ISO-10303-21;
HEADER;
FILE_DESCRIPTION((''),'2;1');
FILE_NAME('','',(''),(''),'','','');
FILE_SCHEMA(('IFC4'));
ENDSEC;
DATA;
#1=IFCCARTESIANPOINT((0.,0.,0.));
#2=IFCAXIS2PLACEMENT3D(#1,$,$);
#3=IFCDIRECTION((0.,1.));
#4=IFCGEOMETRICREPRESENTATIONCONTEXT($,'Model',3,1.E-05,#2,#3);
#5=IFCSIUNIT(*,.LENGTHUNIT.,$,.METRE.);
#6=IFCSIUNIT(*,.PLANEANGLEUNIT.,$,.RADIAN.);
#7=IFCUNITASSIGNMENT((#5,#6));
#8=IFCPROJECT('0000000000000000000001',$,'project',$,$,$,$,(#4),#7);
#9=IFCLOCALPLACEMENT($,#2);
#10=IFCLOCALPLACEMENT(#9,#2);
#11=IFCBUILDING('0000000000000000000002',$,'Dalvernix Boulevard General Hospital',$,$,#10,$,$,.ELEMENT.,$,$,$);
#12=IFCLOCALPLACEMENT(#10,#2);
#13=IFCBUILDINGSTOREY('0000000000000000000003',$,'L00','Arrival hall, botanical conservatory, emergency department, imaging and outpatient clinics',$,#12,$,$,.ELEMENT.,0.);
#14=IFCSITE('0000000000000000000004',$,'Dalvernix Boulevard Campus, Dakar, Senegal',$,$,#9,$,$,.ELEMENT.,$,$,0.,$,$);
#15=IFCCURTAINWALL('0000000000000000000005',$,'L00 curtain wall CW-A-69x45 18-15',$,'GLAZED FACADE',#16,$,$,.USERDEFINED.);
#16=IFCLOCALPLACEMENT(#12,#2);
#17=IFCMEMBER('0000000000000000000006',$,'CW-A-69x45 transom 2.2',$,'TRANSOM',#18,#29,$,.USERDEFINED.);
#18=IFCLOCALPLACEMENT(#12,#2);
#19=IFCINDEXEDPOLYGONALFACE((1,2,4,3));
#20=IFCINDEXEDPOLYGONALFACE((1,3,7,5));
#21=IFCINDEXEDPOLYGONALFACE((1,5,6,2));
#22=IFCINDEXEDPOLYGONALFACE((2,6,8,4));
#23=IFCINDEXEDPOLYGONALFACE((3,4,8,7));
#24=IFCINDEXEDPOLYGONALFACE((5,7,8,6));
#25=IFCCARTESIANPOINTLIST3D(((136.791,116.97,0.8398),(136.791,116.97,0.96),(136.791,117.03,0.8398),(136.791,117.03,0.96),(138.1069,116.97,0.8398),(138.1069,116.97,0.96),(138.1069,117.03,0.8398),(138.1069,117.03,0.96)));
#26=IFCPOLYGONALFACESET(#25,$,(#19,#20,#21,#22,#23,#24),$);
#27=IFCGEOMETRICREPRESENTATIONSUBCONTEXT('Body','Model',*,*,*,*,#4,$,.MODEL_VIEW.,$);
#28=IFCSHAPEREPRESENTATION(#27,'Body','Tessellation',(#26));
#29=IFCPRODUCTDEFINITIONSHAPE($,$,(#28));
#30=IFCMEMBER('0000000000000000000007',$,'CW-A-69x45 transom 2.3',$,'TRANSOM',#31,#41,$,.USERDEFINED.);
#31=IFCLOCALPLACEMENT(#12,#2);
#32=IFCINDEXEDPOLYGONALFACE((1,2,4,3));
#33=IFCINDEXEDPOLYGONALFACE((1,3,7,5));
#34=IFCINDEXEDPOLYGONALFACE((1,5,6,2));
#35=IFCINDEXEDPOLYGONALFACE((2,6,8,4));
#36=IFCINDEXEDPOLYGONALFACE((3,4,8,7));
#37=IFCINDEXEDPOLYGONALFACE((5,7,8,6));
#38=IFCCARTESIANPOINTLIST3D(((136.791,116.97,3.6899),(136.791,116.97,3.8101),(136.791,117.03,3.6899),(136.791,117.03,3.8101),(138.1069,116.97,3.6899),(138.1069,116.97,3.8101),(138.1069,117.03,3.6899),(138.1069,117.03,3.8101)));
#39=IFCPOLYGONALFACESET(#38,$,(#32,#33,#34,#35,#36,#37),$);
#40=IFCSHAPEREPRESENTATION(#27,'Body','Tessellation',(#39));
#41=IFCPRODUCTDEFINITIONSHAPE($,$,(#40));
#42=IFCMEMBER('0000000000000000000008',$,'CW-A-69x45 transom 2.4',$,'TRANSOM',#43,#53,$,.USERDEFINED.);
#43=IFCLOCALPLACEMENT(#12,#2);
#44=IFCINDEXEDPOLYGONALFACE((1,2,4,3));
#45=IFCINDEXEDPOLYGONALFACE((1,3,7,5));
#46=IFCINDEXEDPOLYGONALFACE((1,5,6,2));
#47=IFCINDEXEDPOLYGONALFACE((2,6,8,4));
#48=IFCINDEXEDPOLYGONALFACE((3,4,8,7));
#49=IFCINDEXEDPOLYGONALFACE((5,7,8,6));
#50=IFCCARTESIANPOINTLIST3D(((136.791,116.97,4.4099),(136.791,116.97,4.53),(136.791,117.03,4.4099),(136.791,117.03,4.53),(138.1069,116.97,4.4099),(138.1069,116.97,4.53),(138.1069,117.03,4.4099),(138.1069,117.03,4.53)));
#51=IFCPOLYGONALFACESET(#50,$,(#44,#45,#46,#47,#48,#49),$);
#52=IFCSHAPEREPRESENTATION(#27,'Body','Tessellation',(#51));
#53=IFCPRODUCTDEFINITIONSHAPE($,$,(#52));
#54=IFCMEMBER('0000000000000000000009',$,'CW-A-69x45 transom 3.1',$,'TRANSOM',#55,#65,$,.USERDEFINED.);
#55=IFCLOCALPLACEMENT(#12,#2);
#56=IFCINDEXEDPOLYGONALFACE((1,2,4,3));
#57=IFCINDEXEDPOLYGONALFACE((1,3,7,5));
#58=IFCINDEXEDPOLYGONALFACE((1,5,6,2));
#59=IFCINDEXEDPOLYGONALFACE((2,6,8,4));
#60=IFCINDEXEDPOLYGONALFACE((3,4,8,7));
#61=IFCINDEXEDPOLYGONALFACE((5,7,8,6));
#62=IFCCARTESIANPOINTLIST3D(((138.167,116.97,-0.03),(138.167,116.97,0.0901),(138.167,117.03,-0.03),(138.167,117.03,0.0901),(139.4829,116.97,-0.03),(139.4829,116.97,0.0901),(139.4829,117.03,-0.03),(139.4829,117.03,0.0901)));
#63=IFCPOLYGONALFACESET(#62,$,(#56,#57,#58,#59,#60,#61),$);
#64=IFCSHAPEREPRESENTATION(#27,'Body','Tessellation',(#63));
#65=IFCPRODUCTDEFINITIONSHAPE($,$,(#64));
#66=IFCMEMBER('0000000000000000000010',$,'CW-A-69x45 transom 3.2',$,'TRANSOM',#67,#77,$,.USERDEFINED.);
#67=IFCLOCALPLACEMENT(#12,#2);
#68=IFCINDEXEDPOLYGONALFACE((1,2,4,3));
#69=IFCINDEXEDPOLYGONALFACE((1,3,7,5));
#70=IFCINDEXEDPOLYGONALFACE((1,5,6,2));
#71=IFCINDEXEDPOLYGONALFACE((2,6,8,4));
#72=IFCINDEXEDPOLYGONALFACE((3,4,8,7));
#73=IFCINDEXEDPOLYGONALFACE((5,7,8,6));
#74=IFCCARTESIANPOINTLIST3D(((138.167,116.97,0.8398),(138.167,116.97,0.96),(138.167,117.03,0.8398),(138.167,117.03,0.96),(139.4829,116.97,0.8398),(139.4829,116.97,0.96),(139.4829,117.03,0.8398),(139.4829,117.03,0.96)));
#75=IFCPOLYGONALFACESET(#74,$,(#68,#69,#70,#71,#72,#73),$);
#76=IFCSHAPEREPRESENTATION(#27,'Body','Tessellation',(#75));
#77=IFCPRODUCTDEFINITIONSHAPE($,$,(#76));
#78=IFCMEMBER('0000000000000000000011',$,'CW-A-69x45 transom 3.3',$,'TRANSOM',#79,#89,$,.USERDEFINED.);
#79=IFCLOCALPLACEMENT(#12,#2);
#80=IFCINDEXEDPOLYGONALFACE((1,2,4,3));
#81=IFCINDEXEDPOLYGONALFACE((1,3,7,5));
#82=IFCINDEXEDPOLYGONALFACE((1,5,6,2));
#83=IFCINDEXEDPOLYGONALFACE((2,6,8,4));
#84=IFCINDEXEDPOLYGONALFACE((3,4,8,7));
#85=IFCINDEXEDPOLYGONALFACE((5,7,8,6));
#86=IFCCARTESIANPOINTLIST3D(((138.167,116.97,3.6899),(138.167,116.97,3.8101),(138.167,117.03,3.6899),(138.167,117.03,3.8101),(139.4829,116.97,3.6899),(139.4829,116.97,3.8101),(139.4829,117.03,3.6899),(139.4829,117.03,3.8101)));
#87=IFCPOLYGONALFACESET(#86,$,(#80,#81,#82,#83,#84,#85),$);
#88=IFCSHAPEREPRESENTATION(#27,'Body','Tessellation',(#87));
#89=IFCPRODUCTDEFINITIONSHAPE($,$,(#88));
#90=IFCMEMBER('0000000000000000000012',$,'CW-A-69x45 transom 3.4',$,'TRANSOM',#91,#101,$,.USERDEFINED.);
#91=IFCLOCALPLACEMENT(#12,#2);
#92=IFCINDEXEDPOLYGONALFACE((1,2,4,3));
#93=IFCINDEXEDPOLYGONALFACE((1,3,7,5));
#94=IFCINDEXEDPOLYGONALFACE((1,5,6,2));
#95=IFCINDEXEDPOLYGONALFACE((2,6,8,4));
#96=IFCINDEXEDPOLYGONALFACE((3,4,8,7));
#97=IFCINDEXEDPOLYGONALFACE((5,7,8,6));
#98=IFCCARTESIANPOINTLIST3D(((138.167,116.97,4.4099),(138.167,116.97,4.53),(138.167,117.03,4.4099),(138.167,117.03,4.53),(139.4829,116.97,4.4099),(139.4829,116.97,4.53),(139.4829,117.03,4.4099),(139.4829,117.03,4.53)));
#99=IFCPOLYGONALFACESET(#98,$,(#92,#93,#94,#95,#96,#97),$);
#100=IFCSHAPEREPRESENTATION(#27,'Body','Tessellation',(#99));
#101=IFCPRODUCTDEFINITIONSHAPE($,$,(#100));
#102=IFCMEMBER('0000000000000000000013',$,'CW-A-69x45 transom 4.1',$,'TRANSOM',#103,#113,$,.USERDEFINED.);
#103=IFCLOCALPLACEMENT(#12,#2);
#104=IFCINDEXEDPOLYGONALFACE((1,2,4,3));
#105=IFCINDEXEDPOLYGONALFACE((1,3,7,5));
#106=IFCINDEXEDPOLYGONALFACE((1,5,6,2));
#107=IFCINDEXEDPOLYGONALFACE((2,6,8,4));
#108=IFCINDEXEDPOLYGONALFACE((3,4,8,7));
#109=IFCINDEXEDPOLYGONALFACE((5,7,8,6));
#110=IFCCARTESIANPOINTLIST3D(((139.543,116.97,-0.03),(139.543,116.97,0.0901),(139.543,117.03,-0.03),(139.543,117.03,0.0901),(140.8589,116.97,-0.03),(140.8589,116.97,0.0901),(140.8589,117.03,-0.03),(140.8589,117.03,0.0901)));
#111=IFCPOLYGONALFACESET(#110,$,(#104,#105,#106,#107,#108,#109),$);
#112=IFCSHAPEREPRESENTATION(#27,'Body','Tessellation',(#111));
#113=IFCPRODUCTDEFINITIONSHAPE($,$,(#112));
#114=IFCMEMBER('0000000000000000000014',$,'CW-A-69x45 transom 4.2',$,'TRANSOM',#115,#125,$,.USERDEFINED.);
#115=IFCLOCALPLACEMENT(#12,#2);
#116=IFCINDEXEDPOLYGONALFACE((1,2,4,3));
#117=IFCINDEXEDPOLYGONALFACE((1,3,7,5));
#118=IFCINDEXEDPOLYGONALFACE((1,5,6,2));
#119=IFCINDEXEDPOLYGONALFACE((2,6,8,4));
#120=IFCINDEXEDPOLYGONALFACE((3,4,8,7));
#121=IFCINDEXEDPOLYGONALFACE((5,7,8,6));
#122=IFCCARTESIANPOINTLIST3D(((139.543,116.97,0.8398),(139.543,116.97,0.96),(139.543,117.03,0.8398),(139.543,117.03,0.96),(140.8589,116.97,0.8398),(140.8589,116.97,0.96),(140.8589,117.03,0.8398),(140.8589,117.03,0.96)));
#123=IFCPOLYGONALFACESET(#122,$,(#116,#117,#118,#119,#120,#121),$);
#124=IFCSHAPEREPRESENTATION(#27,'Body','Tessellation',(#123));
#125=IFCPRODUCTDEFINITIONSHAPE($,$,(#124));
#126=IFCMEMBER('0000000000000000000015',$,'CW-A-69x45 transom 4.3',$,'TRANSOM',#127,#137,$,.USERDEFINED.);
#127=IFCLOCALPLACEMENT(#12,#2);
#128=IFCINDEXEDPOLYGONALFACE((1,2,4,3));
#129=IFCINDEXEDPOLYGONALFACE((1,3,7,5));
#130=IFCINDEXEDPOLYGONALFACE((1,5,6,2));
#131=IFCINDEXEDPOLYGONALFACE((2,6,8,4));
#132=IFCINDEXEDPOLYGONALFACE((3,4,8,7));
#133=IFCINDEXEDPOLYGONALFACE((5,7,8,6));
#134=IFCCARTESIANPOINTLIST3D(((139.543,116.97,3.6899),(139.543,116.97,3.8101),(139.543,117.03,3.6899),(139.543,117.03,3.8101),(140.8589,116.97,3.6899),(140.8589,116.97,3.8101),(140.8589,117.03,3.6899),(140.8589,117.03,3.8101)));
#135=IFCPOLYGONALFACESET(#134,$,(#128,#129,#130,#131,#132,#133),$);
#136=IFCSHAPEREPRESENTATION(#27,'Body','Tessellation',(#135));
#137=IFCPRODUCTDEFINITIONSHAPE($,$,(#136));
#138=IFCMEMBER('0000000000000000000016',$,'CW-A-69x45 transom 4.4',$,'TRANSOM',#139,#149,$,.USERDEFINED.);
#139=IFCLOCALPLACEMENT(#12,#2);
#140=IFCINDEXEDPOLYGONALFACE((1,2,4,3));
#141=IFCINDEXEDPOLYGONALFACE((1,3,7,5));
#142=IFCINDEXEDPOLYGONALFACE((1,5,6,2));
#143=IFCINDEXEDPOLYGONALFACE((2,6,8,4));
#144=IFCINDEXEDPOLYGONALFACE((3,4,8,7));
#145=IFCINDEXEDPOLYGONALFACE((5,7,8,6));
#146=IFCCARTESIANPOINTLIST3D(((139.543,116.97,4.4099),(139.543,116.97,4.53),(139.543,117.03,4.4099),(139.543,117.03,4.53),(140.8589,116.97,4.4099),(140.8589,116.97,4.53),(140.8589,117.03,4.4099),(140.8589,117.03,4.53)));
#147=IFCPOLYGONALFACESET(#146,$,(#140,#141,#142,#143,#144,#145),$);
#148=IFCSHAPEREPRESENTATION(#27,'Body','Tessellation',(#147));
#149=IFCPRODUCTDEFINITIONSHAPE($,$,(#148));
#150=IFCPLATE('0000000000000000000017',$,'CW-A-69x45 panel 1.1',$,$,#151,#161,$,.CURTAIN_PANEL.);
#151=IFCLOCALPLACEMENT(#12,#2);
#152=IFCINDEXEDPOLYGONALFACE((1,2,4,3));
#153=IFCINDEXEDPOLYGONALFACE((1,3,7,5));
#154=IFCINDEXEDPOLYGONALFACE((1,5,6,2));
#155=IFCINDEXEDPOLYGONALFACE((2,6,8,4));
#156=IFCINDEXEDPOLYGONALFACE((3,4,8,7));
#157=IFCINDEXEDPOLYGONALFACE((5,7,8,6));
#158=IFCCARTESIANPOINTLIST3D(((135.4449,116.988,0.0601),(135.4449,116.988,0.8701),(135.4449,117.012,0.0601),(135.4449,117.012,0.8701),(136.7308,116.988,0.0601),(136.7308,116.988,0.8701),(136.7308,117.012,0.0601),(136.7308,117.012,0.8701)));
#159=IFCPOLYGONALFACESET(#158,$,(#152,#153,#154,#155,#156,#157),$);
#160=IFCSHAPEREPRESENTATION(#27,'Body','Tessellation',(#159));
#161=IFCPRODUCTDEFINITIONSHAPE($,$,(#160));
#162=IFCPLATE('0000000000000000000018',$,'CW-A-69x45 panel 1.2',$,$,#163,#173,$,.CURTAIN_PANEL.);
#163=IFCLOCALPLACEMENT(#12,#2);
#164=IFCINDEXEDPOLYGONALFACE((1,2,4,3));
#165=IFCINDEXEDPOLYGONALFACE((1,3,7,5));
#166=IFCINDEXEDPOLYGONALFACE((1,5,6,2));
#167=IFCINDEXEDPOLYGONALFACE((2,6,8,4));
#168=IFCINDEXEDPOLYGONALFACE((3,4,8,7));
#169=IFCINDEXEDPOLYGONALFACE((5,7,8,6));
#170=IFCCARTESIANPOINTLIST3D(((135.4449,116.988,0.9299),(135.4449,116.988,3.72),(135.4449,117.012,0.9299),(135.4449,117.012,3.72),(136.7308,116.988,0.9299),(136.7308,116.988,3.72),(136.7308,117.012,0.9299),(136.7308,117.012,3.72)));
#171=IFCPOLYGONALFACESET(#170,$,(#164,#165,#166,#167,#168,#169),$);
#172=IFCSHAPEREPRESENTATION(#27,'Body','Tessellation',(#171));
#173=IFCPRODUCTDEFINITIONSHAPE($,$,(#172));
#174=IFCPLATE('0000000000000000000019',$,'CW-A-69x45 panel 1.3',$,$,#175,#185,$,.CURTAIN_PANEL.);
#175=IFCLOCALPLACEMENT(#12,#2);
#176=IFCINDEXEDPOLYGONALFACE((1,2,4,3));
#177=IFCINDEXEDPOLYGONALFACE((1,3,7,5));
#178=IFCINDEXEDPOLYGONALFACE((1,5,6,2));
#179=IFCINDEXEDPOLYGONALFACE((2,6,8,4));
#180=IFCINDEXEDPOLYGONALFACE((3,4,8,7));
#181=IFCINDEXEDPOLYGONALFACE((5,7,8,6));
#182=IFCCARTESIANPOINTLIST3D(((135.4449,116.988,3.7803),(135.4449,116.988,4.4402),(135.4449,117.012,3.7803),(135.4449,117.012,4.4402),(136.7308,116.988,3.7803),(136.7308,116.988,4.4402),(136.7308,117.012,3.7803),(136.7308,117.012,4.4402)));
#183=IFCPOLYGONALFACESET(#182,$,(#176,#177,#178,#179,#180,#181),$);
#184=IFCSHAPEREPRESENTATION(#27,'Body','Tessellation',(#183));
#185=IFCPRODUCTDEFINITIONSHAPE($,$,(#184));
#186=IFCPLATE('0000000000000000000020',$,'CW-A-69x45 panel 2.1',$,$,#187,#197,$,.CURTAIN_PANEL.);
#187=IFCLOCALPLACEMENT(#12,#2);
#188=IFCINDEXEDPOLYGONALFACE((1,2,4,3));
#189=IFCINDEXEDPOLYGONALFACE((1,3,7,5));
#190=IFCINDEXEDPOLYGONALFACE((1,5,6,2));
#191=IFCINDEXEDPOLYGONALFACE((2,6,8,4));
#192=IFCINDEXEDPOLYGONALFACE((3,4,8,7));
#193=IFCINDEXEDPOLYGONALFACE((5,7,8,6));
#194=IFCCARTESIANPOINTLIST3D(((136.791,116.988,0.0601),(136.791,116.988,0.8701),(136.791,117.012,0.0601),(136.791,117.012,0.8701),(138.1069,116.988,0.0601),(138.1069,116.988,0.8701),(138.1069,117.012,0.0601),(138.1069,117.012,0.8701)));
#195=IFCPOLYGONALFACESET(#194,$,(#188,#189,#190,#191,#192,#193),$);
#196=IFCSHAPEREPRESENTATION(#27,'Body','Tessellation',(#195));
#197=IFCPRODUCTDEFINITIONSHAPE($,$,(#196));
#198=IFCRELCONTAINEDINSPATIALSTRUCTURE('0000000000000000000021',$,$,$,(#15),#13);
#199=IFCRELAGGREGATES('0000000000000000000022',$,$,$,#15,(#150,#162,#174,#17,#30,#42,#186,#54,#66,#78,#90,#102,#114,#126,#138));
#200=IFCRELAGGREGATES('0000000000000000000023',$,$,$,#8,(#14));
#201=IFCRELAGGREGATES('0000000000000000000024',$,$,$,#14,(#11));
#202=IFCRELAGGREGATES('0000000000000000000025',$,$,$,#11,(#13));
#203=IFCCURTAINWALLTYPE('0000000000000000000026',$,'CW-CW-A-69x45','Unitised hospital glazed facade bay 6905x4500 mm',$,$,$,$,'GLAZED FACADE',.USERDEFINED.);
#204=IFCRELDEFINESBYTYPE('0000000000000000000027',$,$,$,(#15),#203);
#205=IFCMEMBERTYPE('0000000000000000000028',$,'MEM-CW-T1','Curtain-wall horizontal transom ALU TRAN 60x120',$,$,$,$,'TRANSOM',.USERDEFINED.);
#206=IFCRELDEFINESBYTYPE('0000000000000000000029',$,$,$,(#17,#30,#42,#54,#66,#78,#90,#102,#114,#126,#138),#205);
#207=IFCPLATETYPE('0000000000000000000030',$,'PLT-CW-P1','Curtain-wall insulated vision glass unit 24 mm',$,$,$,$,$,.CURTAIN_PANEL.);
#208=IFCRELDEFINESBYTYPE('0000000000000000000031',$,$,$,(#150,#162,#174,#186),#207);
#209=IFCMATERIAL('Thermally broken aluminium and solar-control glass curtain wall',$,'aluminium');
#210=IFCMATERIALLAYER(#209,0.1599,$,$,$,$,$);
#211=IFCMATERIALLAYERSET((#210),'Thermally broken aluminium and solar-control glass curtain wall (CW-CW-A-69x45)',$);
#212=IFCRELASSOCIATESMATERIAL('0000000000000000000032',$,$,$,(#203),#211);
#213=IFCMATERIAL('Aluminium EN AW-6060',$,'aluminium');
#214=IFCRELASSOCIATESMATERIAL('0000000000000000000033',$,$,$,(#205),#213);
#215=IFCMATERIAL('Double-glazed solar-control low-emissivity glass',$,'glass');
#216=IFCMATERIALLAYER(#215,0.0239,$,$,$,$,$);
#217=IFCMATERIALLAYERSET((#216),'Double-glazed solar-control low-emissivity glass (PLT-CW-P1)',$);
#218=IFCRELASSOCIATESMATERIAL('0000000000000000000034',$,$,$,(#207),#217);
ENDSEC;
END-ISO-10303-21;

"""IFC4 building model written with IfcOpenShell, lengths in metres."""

from ifc_helpers import new_model, si_unit, direction, frame, origin, origin_2d, place, context, subcontext, project, spatial, rectangle, extrude, material, layer, layer_set, material_profile, profile_set, type_object, element, aggregate, save


model = new_model("IFC4")

# Units and contexts
model_context = context("Model", 3, precision=1e-05, world=origin(), true_north=direction((0.0, 1.0)))
body_context = subcontext(model_context, "Body", "Model", "MODEL_VIEW")
ifc_project = project(units=[si_unit("LENGTHUNIT", "METRE"), si_unit("PLANEANGLEUNIT", "RADIAN")], contexts=[model_context])

# Site, building, storey
site_placement = place(None, origin())
site = spatial("IfcSite", under=ifc_project, at=site_placement, Name="Dalvernix Boulevard Campus, Dakar, Senegal", CompositionType="ELEMENT", RefElevation=0.0)
building_placement = place(site_placement, origin())
building = spatial("IfcBuilding", under=site, at=building_placement, Name="Dalvernix Boulevard General Hospital", CompositionType="ELEMENT")
storey_placement = place(building_placement, origin())
storey = spatial("IfcBuildingStorey", under=building, at=storey_placement, Name="L00", Description="Arrival hall, botanical conservatory, emergency department, imaging and outpatient clinics", CompositionType="ELEMENT", Elevation=0.0)

# Curtain wall, members, plates
ifc_material_1 = material(Name="Thermally broken aluminium and solar-control glass curtain wall", Category="aluminium")
ifc_layer_1 = layer(ifc_material_1, 0.1599)
ifc_layer_set_1 = layer_set([ifc_layer_1], Name="Thermally broken aluminium and solar-control glass curtain wall (CW-CW-A-69x45)")
curtain_wall_type = type_object("IfcCurtainWallType", Name="CW-CW-A-69x45", Description="Unitised hospital glazed facade bay 6905x4500 mm", ElementType="GLAZED FACADE", PredefinedType="USERDEFINED", material=ifc_layer_set_1)
curtain_wall_placement = place(storey_placement, origin())
curtain_wall = element("IfcCurtainWall", 1, at=curtain_wall_placement, inside=storey, type_object=curtain_wall_type, Name="L00 curtain wall CW-A-69x45 18-15", ObjectType="GLAZED FACADE", PredefinedType="USERDEFINED")
ifc_material_2 = material(Name="Aluminium EN AW-6060", Category="aluminium")
ifc_material_profile_1 = material_profile(ifc_material_2, rectangle(XDim=0.0601, YDim=0.1201, at=origin_2d()), Name="ALU TRAN 60x120")
ifc_profile_set_1 = profile_set([ifc_material_profile_1], Name="Aluminium EN AW-6060")
member_type_1 = type_object("IfcMemberType", Name="MEM-CW-T1", Description="Curtain-wall horizontal transom ALU TRAN 60x120", ElementType="TRANSOM", PredefinedType="USERDEFINED", material=ifc_profile_set_1)
member_1_placement = place(storey_placement, frame((136.791, 117.0, 0.8999), z_axis=(1.0, 0.0, 0.0), x_axis=(0.0, 1.0, 0.0)))
member_1 = element("IfcMember", 2, at=member_1_placement, type_object=member_type_1, Name="CW-A-69x45 transom 2.2", ObjectType="TRANSOM", PredefinedType="USERDEFINED", context=body_context, shape_type="SweptSolid", body=[
    extrude(rectangle(XDim=0.0601, YDim=0.1201, at=origin_2d()), origin(), (0.0, 0.0, 1.0), 1.3159),
])
member_2_placement = place(storey_placement, frame((136.791, 117.0, 3.75), z_axis=(1.0, 0.0, 0.0), x_axis=(0.0, 1.0, 0.0)))
member_2 = element("IfcMember", 3, at=member_2_placement, type_object=member_type_1, Name="CW-A-69x45 transom 2.3", ObjectType="TRANSOM", PredefinedType="USERDEFINED", context=body_context, shape_type="SweptSolid", body=[
    extrude(rectangle(XDim=0.0601, YDim=0.1201, at=origin_2d()), origin(), (0.0, 0.0, 1.0), 1.3159),
])
member_3_placement = place(storey_placement, frame((136.791, 117.0, 4.47), z_axis=(1.0, 0.0, 0.0), x_axis=(0.0, 1.0, 0.0)))
member_3 = element("IfcMember", 4, at=member_3_placement, type_object=member_type_1, Name="CW-A-69x45 transom 2.4", ObjectType="TRANSOM", PredefinedType="USERDEFINED", context=body_context, shape_type="SweptSolid", body=[
    extrude(rectangle(XDim=0.0601, YDim=0.1201, at=origin_2d()), origin(), (0.0, 0.0, 1.0), 1.3159),
])
member_4_placement = place(storey_placement, frame((138.167, 117.0, 0.03), z_axis=(1.0, 0.0, 0.0), x_axis=(0.0, 1.0, 0.0)))
member_4 = element("IfcMember", 5, at=member_4_placement, type_object=member_type_1, Name="CW-A-69x45 transom 3.1", ObjectType="TRANSOM", PredefinedType="USERDEFINED", context=body_context, shape_type="SweptSolid", body=[
    extrude(rectangle(XDim=0.0601, YDim=0.1201, at=origin_2d()), origin(), (0.0, 0.0, 1.0), 1.3159),
])
member_5_placement = place(storey_placement, frame((138.167, 117.0, 0.8999), z_axis=(1.0, 0.0, 0.0), x_axis=(0.0, 1.0, 0.0)))
member_5 = element("IfcMember", 6, at=member_5_placement, type_object=member_type_1, Name="CW-A-69x45 transom 3.2", ObjectType="TRANSOM", PredefinedType="USERDEFINED", context=body_context, shape_type="SweptSolid", body=[
    extrude(rectangle(XDim=0.0601, YDim=0.1201, at=origin_2d()), origin(), (0.0, 0.0, 1.0), 1.3159),
])
member_6_placement = place(storey_placement, frame((138.167, 117.0, 3.75), z_axis=(1.0, 0.0, 0.0), x_axis=(0.0, 1.0, 0.0)))
member_6 = element("IfcMember", 7, at=member_6_placement, type_object=member_type_1, Name="CW-A-69x45 transom 3.3", ObjectType="TRANSOM", PredefinedType="USERDEFINED", context=body_context, shape_type="SweptSolid", body=[
    extrude(rectangle(XDim=0.0601, YDim=0.1201, at=origin_2d()), origin(), (0.0, 0.0, 1.0), 1.3159),
])
member_7_placement = place(storey_placement, frame((138.167, 117.0, 4.47), z_axis=(1.0, 0.0, 0.0), x_axis=(0.0, 1.0, 0.0)))
member_7 = element("IfcMember", 8, at=member_7_placement, type_object=member_type_1, Name="CW-A-69x45 transom 3.4", ObjectType="TRANSOM", PredefinedType="USERDEFINED", context=body_context, shape_type="SweptSolid", body=[
    extrude(rectangle(XDim=0.0601, YDim=0.1201, at=origin_2d()), origin(), (0.0, 0.0, 1.0), 1.3159),
])
member_8_placement = place(storey_placement, frame((139.543, 117.0, 0.03), z_axis=(1.0, 0.0, 0.0), x_axis=(0.0, 1.0, 0.0)))
member_8 = element("IfcMember", 9, at=member_8_placement, type_object=member_type_1, Name="CW-A-69x45 transom 4.1", ObjectType="TRANSOM", PredefinedType="USERDEFINED", context=body_context, shape_type="SweptSolid", body=[
    extrude(rectangle(XDim=0.0601, YDim=0.1201, at=origin_2d()), origin(), (0.0, 0.0, 1.0), 1.3159),
])
member_9_placement = place(storey_placement, frame((139.543, 117.0, 0.8999), z_axis=(1.0, 0.0, 0.0), x_axis=(0.0, 1.0, 0.0)))
member_9 = element("IfcMember", 10, at=member_9_placement, type_object=member_type_1, Name="CW-A-69x45 transom 4.2", ObjectType="TRANSOM", PredefinedType="USERDEFINED", context=body_context, shape_type="SweptSolid", body=[
    extrude(rectangle(XDim=0.0601, YDim=0.1201, at=origin_2d()), origin(), (0.0, 0.0, 1.0), 1.3159),
])
member_10_placement = place(storey_placement, frame((139.543, 117.0, 3.75), z_axis=(1.0, 0.0, 0.0), x_axis=(0.0, 1.0, 0.0)))
member_10 = element("IfcMember", 11, at=member_10_placement, type_object=member_type_1, Name="CW-A-69x45 transom 4.3", ObjectType="TRANSOM", PredefinedType="USERDEFINED", context=body_context, shape_type="SweptSolid", body=[
    extrude(rectangle(XDim=0.0601, YDim=0.1201, at=origin_2d()), origin(), (0.0, 0.0, 1.0), 1.3159),
])
member_11_placement = place(storey_placement, frame((139.543, 117.0, 4.47), z_axis=(1.0, 0.0, 0.0), x_axis=(0.0, 1.0, 0.0)))
member_11 = element("IfcMember", 12, at=member_11_placement, type_object=member_type_1, Name="CW-A-69x45 transom 4.4", ObjectType="TRANSOM", PredefinedType="USERDEFINED", context=body_context, shape_type="SweptSolid", body=[
    extrude(rectangle(XDim=0.0601, YDim=0.1201, at=origin_2d()), origin(), (0.0, 0.0, 1.0), 1.3159),
])
ifc_material_3 = material(Name="Double-glazed solar-control low-emissivity glass", Category="glass")
ifc_layer_2 = layer(ifc_material_3, 0.0239)
ifc_layer_set_2 = layer_set([ifc_layer_2], Name="Double-glazed solar-control low-emissivity glass (PLT-CW-P1)")
plate_type = type_object("IfcPlateType", Name="PLT-CW-P1", Description="Curtain-wall insulated vision glass unit 24 mm", PredefinedType="CURTAIN_PANEL", material=ifc_layer_set_2)
plate_1_placement = place(storey_placement, frame((136.0879, 117.0, 0.0601), z_axis=(0.0, 0.0, 1.0), x_axis=(1.0, 0.0, 0.0)))
plate_1 = element("IfcPlate", 13, at=plate_1_placement, type_object=plate_type, Name="CW-A-69x45 panel 1.1", PredefinedType="CURTAIN_PANEL", context=body_context, shape_type="SweptSolid", body=[
    extrude(rectangle(XDim=1.2859, YDim=0.0239, at=origin_2d()), origin(), (0.0, 0.0, 1.0), 0.8101),
])
plate_2_placement = place(storey_placement, frame((136.0879, 117.0, 0.9299), z_axis=(0.0, 0.0, 1.0), x_axis=(1.0, 0.0, 0.0)))
plate_2 = element("IfcPlate", 14, at=plate_2_placement, type_object=plate_type, Name="CW-A-69x45 panel 1.2", PredefinedType="CURTAIN_PANEL", context=body_context, shape_type="SweptSolid", body=[
    extrude(rectangle(XDim=1.2859, YDim=0.0239, at=origin_2d()), origin(), (0.0, 0.0, 1.0), 2.79),
])
plate_3_placement = place(storey_placement, frame((136.0879, 117.0, 3.7803), z_axis=(0.0, 0.0, 1.0), x_axis=(1.0, 0.0, 0.0)))
plate_3 = element("IfcPlate", 15, at=plate_3_placement, type_object=plate_type, Name="CW-A-69x45 panel 1.3", PredefinedType="CURTAIN_PANEL", context=body_context, shape_type="SweptSolid", body=[
    extrude(rectangle(XDim=1.2859, YDim=0.0239, at=origin_2d()), origin(), (0.0, 0.0, 1.0), 0.6599),
])
plate_4_placement = place(storey_placement, frame((137.449, 117.0, 0.0601), z_axis=(0.0, 0.0, 1.0), x_axis=(1.0, 0.0, 0.0)))
plate_4 = element("IfcPlate", 16, at=plate_4_placement, type_object=plate_type, Name="CW-A-69x45 panel 2.1", PredefinedType="CURTAIN_PANEL", context=body_context, shape_type="SweptSolid", body=[
    extrude(rectangle(XDim=1.3159, YDim=0.0239, at=origin_2d()), origin(), (0.0, 0.0, 1.0), 0.8101),
])
aggregate(curtain_wall, [plate_1, plate_2, plate_3, member_1, member_2, member_3, plate_4, member_4, member_5, member_6, member_7, member_8, member_9, member_10, member_11])

save(model, "model.ifc")
